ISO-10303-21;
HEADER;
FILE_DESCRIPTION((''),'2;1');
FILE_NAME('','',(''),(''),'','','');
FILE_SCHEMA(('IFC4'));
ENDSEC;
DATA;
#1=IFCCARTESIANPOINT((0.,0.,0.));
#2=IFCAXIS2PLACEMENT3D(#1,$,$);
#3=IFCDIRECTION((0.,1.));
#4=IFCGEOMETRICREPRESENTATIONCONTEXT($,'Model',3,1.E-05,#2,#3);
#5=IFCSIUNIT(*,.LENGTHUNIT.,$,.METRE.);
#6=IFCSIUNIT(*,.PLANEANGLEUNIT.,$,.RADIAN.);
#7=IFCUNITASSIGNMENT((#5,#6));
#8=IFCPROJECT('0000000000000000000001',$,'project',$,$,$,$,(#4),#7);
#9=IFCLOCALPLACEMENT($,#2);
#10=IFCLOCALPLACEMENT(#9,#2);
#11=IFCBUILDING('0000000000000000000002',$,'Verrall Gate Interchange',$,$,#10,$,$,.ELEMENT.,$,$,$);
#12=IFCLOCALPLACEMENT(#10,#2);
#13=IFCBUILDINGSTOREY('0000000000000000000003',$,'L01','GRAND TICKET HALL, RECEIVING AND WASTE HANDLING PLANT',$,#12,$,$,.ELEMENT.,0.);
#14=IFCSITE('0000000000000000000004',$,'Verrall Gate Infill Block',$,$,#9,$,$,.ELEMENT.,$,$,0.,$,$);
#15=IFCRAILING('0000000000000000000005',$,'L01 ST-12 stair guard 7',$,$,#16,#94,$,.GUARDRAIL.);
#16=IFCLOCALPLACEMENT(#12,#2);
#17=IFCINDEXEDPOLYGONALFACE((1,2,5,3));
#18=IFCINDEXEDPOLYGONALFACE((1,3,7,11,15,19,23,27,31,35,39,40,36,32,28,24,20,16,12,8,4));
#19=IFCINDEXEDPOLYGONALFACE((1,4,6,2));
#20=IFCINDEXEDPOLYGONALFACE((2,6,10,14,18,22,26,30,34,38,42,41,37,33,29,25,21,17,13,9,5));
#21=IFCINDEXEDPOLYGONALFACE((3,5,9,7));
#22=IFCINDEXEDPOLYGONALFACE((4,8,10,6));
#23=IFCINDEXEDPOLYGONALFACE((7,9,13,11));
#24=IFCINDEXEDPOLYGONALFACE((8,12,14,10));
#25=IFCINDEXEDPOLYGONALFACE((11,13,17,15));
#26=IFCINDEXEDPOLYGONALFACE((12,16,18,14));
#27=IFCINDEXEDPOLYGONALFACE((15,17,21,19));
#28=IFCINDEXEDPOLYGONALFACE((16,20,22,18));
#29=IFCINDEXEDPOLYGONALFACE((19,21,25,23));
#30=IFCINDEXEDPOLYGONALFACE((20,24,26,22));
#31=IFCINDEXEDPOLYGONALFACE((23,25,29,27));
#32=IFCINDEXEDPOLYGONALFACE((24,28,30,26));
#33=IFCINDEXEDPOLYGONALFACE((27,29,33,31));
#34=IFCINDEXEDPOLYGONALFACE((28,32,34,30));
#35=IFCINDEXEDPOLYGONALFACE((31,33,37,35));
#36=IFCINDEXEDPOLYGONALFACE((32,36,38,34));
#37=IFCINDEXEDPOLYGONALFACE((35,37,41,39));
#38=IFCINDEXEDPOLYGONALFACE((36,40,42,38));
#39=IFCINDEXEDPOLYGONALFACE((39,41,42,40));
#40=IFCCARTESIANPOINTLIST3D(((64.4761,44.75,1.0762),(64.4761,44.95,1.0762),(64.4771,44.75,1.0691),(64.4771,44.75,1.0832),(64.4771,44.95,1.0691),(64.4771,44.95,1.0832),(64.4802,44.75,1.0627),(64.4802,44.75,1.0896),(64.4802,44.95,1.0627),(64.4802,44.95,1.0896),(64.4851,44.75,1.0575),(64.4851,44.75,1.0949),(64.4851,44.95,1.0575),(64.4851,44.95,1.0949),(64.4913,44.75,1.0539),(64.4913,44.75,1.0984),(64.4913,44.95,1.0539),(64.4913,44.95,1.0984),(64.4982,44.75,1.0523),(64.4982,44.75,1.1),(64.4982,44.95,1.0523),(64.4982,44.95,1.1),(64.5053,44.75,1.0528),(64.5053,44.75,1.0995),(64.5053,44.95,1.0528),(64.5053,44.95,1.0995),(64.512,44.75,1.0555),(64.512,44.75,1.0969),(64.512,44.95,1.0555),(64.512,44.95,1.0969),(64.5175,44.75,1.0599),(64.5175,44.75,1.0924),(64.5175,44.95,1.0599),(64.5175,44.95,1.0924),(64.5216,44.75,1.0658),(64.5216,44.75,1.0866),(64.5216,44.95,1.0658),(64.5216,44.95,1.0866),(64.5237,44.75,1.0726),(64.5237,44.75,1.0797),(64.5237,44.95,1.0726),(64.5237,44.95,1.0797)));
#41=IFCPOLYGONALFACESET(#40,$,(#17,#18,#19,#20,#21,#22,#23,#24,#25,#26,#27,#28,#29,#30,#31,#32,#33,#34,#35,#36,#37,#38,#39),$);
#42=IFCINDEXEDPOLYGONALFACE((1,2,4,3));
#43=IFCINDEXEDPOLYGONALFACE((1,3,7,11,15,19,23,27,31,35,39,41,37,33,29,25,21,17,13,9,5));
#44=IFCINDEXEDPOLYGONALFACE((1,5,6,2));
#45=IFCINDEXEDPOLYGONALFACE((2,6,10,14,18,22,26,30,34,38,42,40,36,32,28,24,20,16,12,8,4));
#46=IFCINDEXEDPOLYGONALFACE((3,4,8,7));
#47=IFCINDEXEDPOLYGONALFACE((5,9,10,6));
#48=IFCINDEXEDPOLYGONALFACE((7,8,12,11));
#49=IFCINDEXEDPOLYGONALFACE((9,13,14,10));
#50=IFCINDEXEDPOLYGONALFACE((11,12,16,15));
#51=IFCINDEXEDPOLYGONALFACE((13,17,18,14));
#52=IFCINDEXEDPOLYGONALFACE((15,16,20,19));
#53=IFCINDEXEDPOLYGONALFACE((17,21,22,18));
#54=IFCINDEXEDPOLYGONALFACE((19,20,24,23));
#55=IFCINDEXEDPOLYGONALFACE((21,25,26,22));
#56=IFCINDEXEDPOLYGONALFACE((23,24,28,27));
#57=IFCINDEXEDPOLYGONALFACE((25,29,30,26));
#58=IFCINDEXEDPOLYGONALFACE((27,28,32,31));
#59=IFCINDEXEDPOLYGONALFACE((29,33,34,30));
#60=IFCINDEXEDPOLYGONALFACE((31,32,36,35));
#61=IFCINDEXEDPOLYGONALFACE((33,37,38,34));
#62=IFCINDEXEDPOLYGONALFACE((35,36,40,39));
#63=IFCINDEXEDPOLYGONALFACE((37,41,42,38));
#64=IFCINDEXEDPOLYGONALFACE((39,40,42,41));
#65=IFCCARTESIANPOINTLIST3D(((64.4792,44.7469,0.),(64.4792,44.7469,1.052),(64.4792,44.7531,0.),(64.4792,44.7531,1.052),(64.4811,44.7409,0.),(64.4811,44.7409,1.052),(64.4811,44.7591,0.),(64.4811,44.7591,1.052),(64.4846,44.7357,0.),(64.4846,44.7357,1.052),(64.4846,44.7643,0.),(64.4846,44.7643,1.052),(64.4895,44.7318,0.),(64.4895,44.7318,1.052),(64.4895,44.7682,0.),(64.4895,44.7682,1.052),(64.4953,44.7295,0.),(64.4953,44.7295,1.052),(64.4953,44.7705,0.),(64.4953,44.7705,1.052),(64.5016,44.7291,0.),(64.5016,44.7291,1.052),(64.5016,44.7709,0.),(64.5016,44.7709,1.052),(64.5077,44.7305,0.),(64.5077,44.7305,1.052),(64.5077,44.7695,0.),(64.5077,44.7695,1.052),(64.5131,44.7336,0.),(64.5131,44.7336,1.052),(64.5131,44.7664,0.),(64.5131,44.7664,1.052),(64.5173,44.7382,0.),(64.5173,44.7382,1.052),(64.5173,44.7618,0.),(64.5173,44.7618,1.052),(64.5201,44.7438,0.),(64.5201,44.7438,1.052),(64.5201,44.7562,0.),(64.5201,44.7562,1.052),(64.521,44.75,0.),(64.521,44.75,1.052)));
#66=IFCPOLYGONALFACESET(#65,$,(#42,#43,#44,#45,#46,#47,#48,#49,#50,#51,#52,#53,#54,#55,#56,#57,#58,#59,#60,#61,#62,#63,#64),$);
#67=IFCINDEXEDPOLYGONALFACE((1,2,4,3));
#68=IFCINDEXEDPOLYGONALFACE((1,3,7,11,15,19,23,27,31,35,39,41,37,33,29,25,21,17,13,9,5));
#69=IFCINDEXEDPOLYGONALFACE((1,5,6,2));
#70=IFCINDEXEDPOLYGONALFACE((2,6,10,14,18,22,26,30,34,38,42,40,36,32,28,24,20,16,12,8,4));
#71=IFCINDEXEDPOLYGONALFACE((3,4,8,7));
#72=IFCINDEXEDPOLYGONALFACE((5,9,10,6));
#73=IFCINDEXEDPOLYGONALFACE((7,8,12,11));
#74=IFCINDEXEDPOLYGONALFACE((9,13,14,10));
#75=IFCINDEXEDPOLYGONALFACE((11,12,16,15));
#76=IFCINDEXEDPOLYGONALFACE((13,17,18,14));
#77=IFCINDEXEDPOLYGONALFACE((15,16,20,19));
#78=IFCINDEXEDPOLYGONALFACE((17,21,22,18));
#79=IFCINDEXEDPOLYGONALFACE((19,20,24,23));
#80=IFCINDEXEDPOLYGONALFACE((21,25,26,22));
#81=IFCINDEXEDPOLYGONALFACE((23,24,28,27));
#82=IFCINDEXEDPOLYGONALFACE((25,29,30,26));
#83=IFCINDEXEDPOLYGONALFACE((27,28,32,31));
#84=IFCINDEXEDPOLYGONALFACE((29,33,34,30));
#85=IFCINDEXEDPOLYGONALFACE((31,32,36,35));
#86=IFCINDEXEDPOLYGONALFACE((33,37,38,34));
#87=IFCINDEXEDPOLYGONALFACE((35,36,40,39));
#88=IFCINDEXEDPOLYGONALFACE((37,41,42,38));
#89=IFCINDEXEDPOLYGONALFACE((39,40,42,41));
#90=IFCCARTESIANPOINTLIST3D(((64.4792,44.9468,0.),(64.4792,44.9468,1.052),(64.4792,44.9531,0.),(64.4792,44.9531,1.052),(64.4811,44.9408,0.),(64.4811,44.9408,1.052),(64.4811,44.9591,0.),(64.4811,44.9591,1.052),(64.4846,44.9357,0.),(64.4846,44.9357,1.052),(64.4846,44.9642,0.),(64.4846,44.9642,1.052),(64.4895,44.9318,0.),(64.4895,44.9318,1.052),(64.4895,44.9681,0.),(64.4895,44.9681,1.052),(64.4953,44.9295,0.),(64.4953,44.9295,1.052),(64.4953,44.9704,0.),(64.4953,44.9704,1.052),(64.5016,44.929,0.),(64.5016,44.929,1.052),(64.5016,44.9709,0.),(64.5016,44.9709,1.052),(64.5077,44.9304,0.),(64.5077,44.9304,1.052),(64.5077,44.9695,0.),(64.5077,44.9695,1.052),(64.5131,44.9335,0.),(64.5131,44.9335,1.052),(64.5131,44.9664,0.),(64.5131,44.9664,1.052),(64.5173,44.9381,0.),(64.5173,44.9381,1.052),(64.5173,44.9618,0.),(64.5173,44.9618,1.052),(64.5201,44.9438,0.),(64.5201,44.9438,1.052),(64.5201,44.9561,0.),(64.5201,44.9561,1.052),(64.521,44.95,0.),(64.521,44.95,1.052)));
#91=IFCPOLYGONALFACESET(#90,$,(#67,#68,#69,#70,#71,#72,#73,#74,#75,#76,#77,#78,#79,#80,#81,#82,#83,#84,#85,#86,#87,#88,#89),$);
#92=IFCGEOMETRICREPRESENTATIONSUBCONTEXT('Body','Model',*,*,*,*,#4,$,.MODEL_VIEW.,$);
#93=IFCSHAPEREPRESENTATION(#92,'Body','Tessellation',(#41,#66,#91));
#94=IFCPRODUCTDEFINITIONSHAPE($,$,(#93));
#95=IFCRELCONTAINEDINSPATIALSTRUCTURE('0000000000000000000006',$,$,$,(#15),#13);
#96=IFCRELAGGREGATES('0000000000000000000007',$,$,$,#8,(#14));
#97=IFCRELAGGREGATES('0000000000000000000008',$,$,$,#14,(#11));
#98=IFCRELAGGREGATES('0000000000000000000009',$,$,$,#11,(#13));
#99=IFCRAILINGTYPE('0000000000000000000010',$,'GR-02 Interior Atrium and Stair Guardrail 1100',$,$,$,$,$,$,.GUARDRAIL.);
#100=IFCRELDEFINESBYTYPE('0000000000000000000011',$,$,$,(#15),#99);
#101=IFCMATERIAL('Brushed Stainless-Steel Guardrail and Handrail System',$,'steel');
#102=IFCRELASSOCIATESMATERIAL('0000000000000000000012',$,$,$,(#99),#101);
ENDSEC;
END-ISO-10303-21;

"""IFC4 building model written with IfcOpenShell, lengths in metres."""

from ifc_helpers import new_model, si_unit, direction, frame, origin, origin_2d, place, context, subcontext, project, spatial, circle, extrude, material, type_object, element, save


model = new_model("IFC4")

# Units and contexts
model_context = context("Model", 3, precision=1e-05, world=origin(), true_north=direction((0.0, 1.0)))
body_context = subcontext(model_context, "Body", "Model", "MODEL_VIEW")
ifc_project = project(units=[si_unit("LENGTHUNIT", "METRE"), si_unit("PLANEANGLEUNIT", "RADIAN")], contexts=[model_context])

# Site, building, storey
site_placement = place(None, origin())
site = spatial("IfcSite", under=ifc_project, at=site_placement, Name="Verrall Gate Infill Block", CompositionType="ELEMENT", RefElevation=0.0)
building_placement = place(site_placement, origin())
building = spatial("IfcBuilding", under=site, at=building_placement, Name="Verrall Gate Interchange", CompositionType="ELEMENT")
storey_placement = place(building_placement, origin())
storey = spatial("IfcBuildingStorey", under=building, at=storey_placement, Name="L01", Description="GRAND TICKET HALL, RECEIVING AND WASTE HANDLING PLANT", CompositionType="ELEMENT", Elevation=0.0)

# Railing
ifc_material_1 = material(Name="Brushed Stainless-Steel Guardrail and Handrail System", Category="steel")
railing_type_1 = type_object("IfcRailingType", Name="GR-02 Interior Atrium and Stair Guardrail 1100", PredefinedType="GUARDRAIL", material=ifc_material_1)
railing_1_placement = place(storey_placement, frame((64.5, 44.75, 0.0)))
element("IfcRailing", 1, at=railing_1_placement, inside=storey, type_object=railing_type_1, Name="L01 ST-12 stair guard 7", PredefinedType="GUARDRAIL", context=body_context, shape_type="SweptSolid", body=[
    extrude(circle(Radius=0.0239, at=origin_2d()), frame((0.0, 0.0, 1.0762), z_axis=(0.0, 1.0, 0.0), x_axis=(-1.0, 0.0, 0.0)), (0.0, 0.0, 1.0), 0.2),
    extrude(circle(Radius=0.021, at=origin_2d()), origin(), (0.0, 0.0, 1.0), 1.052),
    extrude(circle(Radius=0.021, at=origin_2d()), frame((0.0, 0.2, 0.0)), (0.0, 0.0, 1.0), 1.052),
])

save(model, "model.ifc")
